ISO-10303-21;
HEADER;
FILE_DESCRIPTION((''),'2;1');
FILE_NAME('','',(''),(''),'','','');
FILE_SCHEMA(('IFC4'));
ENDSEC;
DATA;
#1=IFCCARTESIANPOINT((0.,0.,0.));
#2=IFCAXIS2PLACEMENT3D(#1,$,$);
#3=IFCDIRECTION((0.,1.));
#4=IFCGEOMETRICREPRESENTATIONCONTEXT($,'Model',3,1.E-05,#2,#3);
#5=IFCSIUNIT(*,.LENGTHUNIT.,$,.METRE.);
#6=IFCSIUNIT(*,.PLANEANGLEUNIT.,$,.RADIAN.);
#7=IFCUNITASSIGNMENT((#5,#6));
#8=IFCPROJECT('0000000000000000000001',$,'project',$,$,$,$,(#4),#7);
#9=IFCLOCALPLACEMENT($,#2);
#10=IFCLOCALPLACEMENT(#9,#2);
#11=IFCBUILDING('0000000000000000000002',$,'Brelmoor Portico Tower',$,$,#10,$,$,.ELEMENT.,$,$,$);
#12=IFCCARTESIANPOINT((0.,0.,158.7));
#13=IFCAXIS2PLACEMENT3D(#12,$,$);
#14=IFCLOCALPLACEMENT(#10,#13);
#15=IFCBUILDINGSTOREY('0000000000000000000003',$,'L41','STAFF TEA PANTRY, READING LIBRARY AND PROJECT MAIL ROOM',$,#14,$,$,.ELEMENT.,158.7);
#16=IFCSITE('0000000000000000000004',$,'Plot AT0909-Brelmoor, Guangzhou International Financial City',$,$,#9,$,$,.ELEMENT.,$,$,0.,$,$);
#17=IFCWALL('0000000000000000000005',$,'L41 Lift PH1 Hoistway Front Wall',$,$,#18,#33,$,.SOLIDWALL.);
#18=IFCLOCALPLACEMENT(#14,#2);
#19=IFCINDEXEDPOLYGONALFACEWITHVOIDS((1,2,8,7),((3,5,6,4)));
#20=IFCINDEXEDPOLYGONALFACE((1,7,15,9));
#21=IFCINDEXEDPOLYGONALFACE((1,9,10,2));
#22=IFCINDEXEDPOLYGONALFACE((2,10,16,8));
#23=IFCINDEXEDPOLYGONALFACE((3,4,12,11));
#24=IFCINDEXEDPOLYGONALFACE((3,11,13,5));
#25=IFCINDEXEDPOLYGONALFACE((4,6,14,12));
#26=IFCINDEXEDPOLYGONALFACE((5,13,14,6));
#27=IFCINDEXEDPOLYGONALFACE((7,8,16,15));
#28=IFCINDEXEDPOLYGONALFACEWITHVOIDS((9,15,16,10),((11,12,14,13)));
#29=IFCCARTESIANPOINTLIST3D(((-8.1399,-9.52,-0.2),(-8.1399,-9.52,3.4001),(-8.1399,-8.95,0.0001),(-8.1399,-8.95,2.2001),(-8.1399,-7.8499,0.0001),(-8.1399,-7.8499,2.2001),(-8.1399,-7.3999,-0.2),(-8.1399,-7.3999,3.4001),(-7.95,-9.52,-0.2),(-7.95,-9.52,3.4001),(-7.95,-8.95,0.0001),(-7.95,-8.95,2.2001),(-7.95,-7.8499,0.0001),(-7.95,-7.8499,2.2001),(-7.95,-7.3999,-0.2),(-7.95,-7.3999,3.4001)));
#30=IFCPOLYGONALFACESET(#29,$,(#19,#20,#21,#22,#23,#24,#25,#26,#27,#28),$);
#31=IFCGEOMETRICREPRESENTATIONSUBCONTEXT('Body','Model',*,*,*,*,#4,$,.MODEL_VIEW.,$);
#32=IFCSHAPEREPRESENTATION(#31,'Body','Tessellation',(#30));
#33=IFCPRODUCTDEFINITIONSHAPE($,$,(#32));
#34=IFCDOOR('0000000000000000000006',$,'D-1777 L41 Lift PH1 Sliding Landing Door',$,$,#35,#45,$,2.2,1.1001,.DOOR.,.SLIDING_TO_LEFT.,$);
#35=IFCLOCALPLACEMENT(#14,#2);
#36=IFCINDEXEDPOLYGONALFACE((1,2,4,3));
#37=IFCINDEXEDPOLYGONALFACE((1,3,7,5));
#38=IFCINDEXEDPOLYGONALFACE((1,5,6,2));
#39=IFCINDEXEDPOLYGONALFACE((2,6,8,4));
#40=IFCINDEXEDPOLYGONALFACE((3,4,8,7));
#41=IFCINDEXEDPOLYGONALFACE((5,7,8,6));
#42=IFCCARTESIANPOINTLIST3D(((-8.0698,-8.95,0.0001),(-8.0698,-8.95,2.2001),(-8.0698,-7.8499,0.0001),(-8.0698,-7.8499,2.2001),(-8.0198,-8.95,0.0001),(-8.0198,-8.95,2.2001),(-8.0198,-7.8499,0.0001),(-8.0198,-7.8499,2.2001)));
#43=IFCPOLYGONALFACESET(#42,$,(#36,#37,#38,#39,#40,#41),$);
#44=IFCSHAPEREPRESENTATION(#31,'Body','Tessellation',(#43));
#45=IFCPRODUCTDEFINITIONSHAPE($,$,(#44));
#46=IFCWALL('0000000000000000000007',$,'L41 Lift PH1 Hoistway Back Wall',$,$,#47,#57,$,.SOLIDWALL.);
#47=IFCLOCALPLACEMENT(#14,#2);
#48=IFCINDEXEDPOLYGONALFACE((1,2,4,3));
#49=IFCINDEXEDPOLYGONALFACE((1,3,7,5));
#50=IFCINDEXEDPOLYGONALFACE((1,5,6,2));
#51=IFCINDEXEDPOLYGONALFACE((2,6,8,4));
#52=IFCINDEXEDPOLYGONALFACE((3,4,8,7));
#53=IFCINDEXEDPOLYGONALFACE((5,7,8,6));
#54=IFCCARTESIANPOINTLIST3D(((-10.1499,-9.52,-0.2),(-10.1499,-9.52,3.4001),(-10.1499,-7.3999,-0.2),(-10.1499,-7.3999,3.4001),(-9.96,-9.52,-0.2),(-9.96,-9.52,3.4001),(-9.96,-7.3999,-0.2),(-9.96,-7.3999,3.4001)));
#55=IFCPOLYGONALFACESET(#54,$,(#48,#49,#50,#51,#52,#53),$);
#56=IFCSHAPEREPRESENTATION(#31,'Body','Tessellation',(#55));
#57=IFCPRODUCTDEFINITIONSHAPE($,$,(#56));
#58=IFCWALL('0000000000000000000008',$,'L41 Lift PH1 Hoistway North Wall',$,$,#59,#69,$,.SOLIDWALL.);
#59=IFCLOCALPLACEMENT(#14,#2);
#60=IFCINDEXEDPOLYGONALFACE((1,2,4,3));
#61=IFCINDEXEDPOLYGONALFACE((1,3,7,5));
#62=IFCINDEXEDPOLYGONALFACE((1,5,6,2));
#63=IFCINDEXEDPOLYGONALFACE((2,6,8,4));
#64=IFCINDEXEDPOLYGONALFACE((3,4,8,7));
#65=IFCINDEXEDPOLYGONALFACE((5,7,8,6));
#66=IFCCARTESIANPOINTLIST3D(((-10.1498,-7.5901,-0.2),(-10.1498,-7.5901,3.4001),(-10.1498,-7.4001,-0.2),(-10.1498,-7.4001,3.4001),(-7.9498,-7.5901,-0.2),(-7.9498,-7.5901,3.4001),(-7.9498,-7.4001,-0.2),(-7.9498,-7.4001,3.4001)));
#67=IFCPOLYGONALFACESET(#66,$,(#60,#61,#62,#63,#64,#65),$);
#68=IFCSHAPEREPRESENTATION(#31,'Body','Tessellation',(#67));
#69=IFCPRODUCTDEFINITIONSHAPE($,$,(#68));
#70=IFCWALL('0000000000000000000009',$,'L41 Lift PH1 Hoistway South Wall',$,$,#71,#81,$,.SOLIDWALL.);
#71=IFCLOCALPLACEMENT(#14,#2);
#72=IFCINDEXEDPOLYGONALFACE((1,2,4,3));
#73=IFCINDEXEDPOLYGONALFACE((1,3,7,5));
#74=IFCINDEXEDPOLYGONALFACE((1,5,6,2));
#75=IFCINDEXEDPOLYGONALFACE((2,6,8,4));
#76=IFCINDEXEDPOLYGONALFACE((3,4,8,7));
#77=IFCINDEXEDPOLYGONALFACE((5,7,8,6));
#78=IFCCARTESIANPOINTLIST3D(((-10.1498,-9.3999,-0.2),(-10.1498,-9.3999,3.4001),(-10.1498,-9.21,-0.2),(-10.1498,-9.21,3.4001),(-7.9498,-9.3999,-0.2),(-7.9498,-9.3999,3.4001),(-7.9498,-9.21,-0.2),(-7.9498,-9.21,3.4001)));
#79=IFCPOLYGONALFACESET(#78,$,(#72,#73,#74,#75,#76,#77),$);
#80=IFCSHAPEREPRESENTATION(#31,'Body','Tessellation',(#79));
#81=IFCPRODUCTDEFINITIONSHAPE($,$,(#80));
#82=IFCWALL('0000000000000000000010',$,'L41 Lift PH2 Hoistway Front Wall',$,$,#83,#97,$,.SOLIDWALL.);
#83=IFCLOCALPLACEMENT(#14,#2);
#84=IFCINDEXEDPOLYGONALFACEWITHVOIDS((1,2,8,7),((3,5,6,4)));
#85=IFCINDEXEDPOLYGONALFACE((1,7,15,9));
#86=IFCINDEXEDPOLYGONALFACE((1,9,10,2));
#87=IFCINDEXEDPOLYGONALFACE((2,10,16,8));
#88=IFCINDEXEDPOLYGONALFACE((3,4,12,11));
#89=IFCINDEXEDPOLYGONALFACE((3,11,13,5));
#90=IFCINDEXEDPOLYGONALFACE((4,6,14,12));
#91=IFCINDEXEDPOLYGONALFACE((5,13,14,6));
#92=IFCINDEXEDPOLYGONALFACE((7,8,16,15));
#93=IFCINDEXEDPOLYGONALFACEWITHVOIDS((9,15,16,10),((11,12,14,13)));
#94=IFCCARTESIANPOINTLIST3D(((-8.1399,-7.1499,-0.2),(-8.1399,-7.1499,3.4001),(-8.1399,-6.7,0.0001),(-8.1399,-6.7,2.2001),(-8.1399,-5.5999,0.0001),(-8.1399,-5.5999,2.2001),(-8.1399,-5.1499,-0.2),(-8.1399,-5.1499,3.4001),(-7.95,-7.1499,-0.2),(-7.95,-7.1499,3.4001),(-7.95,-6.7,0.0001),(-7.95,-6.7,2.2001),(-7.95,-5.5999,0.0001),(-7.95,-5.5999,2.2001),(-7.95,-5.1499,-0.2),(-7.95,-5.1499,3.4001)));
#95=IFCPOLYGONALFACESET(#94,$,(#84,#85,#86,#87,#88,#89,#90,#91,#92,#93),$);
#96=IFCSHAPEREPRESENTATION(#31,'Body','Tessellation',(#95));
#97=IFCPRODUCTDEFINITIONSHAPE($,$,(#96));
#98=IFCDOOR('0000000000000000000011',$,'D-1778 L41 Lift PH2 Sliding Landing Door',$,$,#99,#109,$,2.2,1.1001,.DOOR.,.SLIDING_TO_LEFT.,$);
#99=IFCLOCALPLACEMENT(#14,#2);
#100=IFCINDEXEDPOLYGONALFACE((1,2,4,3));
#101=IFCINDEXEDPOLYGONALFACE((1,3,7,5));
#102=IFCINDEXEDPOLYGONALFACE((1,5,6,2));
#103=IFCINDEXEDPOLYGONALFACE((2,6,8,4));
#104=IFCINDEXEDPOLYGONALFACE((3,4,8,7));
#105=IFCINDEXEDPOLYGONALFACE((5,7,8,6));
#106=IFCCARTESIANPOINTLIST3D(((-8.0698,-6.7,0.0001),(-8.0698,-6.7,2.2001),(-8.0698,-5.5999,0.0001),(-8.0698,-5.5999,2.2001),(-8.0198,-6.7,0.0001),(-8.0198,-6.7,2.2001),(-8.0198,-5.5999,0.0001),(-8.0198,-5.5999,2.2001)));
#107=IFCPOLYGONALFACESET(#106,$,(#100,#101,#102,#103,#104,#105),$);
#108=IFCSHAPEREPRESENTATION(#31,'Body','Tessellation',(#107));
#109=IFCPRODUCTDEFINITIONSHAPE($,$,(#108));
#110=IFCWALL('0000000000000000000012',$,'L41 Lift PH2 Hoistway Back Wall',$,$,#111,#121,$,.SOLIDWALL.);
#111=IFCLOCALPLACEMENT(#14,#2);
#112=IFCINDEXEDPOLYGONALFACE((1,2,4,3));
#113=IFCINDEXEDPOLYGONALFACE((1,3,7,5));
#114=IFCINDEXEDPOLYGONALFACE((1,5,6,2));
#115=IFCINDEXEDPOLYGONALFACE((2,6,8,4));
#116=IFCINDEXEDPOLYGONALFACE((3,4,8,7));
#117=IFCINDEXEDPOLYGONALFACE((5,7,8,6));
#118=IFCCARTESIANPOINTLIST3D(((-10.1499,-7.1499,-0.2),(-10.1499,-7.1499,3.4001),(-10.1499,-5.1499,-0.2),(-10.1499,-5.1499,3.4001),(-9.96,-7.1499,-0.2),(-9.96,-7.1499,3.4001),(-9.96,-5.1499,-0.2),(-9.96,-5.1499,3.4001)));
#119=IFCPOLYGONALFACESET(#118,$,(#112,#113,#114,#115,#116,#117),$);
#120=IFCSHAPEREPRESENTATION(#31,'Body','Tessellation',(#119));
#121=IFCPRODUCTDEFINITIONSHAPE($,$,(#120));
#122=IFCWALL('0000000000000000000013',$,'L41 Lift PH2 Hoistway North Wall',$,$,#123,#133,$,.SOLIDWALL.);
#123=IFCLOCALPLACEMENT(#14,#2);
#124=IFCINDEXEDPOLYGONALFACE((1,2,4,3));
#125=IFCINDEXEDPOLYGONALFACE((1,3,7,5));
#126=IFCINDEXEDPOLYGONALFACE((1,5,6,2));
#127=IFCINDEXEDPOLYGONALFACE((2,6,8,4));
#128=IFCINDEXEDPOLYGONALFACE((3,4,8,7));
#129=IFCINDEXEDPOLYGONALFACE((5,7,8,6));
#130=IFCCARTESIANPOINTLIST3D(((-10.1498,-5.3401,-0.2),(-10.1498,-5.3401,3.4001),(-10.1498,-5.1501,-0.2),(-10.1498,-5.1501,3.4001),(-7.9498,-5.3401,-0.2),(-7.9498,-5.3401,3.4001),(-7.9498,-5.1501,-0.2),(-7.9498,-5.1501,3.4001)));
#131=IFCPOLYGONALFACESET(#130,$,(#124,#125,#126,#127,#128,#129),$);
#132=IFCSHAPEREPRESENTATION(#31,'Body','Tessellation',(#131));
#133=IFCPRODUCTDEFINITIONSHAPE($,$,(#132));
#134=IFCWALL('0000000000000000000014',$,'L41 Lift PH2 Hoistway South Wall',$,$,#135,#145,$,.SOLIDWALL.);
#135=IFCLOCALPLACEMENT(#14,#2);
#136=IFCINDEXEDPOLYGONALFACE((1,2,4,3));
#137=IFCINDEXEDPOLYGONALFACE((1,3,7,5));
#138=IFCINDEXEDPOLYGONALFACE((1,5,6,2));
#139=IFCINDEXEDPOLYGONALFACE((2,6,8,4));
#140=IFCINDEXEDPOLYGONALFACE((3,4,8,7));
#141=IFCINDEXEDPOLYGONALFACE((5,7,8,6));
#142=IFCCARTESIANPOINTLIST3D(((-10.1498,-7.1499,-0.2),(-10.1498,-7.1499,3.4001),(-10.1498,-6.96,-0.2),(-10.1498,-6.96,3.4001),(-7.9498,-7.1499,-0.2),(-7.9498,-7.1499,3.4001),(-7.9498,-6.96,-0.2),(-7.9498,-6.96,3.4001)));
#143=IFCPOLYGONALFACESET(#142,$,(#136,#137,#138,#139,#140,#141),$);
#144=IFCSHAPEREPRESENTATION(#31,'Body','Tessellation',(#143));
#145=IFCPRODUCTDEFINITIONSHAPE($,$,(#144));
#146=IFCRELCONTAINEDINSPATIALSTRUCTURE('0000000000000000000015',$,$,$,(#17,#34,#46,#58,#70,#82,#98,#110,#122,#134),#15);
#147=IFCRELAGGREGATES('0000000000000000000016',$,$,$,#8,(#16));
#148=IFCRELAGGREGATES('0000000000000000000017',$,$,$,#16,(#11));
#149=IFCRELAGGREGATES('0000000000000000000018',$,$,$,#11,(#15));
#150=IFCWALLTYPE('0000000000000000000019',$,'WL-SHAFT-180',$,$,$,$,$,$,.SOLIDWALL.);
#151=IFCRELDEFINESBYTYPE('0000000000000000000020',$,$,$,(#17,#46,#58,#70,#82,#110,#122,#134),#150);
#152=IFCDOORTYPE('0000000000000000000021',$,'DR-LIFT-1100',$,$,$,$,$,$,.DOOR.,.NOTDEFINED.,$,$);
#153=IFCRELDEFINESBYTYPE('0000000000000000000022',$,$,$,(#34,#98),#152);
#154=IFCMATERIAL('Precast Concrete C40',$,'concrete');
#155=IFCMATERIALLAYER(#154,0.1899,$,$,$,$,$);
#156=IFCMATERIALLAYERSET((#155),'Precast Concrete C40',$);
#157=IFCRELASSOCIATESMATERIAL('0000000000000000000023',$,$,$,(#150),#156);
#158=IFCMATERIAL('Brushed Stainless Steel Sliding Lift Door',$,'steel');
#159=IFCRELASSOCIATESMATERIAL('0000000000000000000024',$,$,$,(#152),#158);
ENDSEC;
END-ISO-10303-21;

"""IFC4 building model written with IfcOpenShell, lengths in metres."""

from ifc_helpers import new_model, si_unit, direction, frame, frame_2d, origin, place, context, subcontext, project, spatial, rectangle, extrude, material, layer, layer_set, type_object, element, fill, save


model = new_model("IFC4")

# Units and contexts
model_context = context("Model", 3, precision=1e-05, world=origin(), true_north=direction((0.0, 1.0)))
body_context = subcontext(model_context, "Body", "Model", "MODEL_VIEW")
ifc_project = project(units=[si_unit("LENGTHUNIT", "METRE"), si_unit("PLANEANGLEUNIT", "RADIAN")], contexts=[model_context])

# Site, building, storey
site_placement = place(None, origin())
site = spatial("IfcSite", under=ifc_project, at=site_placement, Name="Plot AT0909-Brelmoor, Guangzhou International Financial City", CompositionType="ELEMENT", RefElevation=0.0)
building_placement = place(site_placement, origin())
building = spatial("IfcBuilding", under=site, at=building_placement, Name="Brelmoor Portico Tower", CompositionType="ELEMENT")
storey_placement = place(building_placement, frame((0.0, 0.0, 158.7)))
storey = spatial("IfcBuildingStorey", under=building, at=storey_placement, Name="L41", Description="STAFF TEA PANTRY, READING LIBRARY AND PROJECT MAIL ROOM", CompositionType="ELEMENT", Elevation=158.7)

# Wall, opening, door
ifc_material_1 = material(Name="Precast Concrete C40", Category="concrete")
ifc_layer_1 = layer(ifc_material_1, 0.1899)
ifc_layer_set_1 = layer_set([ifc_layer_1], Name="Precast Concrete C40")
wall_type_1 = type_object("IfcWallType", Name="WL-SHAFT-180", PredefinedType="SOLIDWALL", material=ifc_layer_set_1)
wall_1_placement = place(storey_placement, frame((-8.0449, -9.52, -0.2), z_axis=(0.0, 0.0, 1.0), x_axis=(0.0, 1.0, 0.0)))
wall_1 = element("IfcWall", 1, at=wall_1_placement, inside=storey, type_object=wall_type_1, Name="L41 Lift PH1 Hoistway Front Wall", PredefinedType="SOLIDWALL", context=body_context, shape_type="SweptSolid", body=[
    extrude(rectangle(XDim=2.1201, YDim=0.1899, at=frame_2d((1.0601, 0.0))), origin(), (0.0, 0.0, 1.0), 3.6001),
])
opening_1_placement = place(wall_1_placement, frame((0.5701, 0.0, 0.2)))
opening_1 = element("IfcOpeningElement", 2, at=opening_1_placement, cuts=wall_1, PredefinedType="OPENING", context=body_context, shape_type="SweptSolid", body=[
    extrude(rectangle(XDim=1.1001, YDim=2.2, at=frame_2d((0.55, 1.1001))), frame((0.0, 0.105, 0.0), z_axis=(0.0, -1.0, 0.0), x_axis=(1.0, 0.0, 0.0)), (0.0, 0.0, 1.0), 0.21),
])
ifc_material_2 = material(Name="Brushed Stainless Steel Sliding Lift Door", Category="steel")
door_type_1 = type_object("IfcDoorType", Name="DR-LIFT-1100", OperationType="NOTDEFINED", PredefinedType="DOOR", material=ifc_material_2)
door_1_placement = place(opening_1_placement, origin())
door_1 = element("IfcDoor", 3, at=door_1_placement, inside=storey, type_object=door_type_1, Name="D-1777 L41 Lift PH1 Sliding Landing Door", OperationType="SLIDING_TO_LEFT", OverallHeight=2.2, OverallWidth=1.1001, PredefinedType="DOOR", context=body_context, shape_type="SweptSolid", body=[
    extrude(rectangle(XDim=1.1001, YDim=2.2, at=frame_2d((0.55, 1.1001))), frame((0.0, 0.0249, 0.0), z_axis=(0.0, -1.0, 0.0), x_axis=(1.0, 0.0, 0.0)), (0.0, 0.0, 1.0), 0.05),
])
fill(opening_1, door_1)

# Walls
wall_2_placement = place(storey_placement, frame((-10.0549, -9.52, -0.2), z_axis=(0.0, 0.0, 1.0), x_axis=(0.0, 1.0, 0.0)))
element("IfcWall", 4, at=wall_2_placement, inside=storey, type_object=wall_type_1, Name="L41 Lift PH1 Hoistway Back Wall", PredefinedType="SOLIDWALL", context=body_context, shape_type="SweptSolid", body=[
    extrude(rectangle(XDim=2.1201, YDim=0.1899, at=frame_2d((1.0601, 0.0))), origin(), (0.0, 0.0, 1.0), 3.6001),
])
for number, where, z_axis, x_axis, name in (
    (5, (-10.1499, -7.4951, -0.2), (0.0, 0.0, 1.0), (1.0, 0.0, 0.0), "L41 Lift PH1 Hoistway North Wall"),
    (6, (-10.1499, -9.3049, -0.2), (0.0, 0.0, 1.0), (1.0, 0.0, 0.0), "L41 Lift PH1 Hoistway South Wall"),
):
    element("IfcWall", number, at=place(storey_placement, frame(where, z_axis=z_axis, x_axis=x_axis)), inside=storey, type_object=wall_type_1, Name=name, PredefinedType="SOLIDWALL", context=body_context, shape_type="SweptSolid", body=[
        extrude(rectangle(XDim=2.2, YDim=0.1899, at=frame_2d((1.1001, 0.0))), origin(), (0.0, 0.0, 1.0), 3.6001),
    ])

# Wall, opening, door
wall_3_placement = place(storey_placement, frame((-8.0449, -7.1499, -0.2), z_axis=(0.0, 0.0, 1.0), x_axis=(0.0, 1.0, 0.0)))
wall_3 = element("IfcWall", 7, at=wall_3_placement, inside=storey, type_object=wall_type_1, Name="L41 Lift PH2 Hoistway Front Wall", PredefinedType="SOLIDWALL", context=body_context, shape_type="SweptSolid", body=[
    extrude(rectangle(XDim=2.0, YDim=0.1899, at=frame_2d((1.0, 0.0))), origin(), (0.0, 0.0, 1.0), 3.6001),
])
opening_2_placement = place(wall_3_placement, frame((0.45, 0.0, 0.2)))
opening_2 = element("IfcOpeningElement", 8, at=opening_2_placement, cuts=wall_3, PredefinedType="OPENING", context=body_context, shape_type="SweptSolid", body=[
    extrude(rectangle(XDim=1.1001, YDim=2.2, at=frame_2d((0.55, 1.1001))), frame((0.0, 0.105, 0.0), z_axis=(0.0, -1.0, 0.0), x_axis=(1.0, 0.0, 0.0)), (0.0, 0.0, 1.0), 0.21),
])
door_2_placement = place(opening_2_placement, origin())
door_2 = element("IfcDoor", 9, at=door_2_placement, inside=storey, type_object=door_type_1, Name="D-1778 L41 Lift PH2 Sliding Landing Door", OperationType="SLIDING_TO_LEFT", OverallHeight=2.2, OverallWidth=1.1001, PredefinedType="DOOR", context=body_context, shape_type="SweptSolid", body=[
    extrude(rectangle(XDim=1.1001, YDim=2.2, at=frame_2d((0.55, 1.1001))), frame((0.0, 0.0249, 0.0), z_axis=(0.0, -1.0, 0.0), x_axis=(1.0, 0.0, 0.0)), (0.0, 0.0, 1.0), 0.05),
])
fill(opening_2, door_2)

# Walls
wall_4_placement = place(storey_placement, frame((-10.0549, -7.1499, -0.2), z_axis=(0.0, 0.0, 1.0), x_axis=(0.0, 1.0, 0.0)))
element("IfcWall", 10, at=wall_4_placement, inside=storey, type_object=wall_type_1, Name="L41 Lift PH2 Hoistway Back Wall", PredefinedType="SOLIDWALL", context=body_context, shape_type="SweptSolid", body=[
    extrude(rectangle(XDim=2.0, YDim=0.1899, at=frame_2d((1.0, 0.0))), origin(), (0.0, 0.0, 1.0), 3.6001),
])
for number, where, z_axis, x_axis, name in (
    (11, (-10.1499, -5.2451, -0.2), (0.0, 0.0, 1.0), (1.0, 0.0, 0.0), "L41 Lift PH2 Hoistway North Wall"),
    (12, (-10.1499, -7.0549, -0.2), (0.0, 0.0, 1.0), (1.0, 0.0, 0.0), "L41 Lift PH2 Hoistway South Wall"),
):
    element("IfcWall", number, at=place(storey_placement, frame(where, z_axis=z_axis, x_axis=x_axis)), inside=storey, type_object=wall_type_1, Name=name, PredefinedType="SOLIDWALL", context=body_context, shape_type="SweptSolid", body=[
        extrude(rectangle(XDim=2.2, YDim=0.1899, at=frame_2d((1.1001, 0.0))), origin(), (0.0, 0.0, 1.0), 3.6001),
    ])

save(model, "model.ifc")
